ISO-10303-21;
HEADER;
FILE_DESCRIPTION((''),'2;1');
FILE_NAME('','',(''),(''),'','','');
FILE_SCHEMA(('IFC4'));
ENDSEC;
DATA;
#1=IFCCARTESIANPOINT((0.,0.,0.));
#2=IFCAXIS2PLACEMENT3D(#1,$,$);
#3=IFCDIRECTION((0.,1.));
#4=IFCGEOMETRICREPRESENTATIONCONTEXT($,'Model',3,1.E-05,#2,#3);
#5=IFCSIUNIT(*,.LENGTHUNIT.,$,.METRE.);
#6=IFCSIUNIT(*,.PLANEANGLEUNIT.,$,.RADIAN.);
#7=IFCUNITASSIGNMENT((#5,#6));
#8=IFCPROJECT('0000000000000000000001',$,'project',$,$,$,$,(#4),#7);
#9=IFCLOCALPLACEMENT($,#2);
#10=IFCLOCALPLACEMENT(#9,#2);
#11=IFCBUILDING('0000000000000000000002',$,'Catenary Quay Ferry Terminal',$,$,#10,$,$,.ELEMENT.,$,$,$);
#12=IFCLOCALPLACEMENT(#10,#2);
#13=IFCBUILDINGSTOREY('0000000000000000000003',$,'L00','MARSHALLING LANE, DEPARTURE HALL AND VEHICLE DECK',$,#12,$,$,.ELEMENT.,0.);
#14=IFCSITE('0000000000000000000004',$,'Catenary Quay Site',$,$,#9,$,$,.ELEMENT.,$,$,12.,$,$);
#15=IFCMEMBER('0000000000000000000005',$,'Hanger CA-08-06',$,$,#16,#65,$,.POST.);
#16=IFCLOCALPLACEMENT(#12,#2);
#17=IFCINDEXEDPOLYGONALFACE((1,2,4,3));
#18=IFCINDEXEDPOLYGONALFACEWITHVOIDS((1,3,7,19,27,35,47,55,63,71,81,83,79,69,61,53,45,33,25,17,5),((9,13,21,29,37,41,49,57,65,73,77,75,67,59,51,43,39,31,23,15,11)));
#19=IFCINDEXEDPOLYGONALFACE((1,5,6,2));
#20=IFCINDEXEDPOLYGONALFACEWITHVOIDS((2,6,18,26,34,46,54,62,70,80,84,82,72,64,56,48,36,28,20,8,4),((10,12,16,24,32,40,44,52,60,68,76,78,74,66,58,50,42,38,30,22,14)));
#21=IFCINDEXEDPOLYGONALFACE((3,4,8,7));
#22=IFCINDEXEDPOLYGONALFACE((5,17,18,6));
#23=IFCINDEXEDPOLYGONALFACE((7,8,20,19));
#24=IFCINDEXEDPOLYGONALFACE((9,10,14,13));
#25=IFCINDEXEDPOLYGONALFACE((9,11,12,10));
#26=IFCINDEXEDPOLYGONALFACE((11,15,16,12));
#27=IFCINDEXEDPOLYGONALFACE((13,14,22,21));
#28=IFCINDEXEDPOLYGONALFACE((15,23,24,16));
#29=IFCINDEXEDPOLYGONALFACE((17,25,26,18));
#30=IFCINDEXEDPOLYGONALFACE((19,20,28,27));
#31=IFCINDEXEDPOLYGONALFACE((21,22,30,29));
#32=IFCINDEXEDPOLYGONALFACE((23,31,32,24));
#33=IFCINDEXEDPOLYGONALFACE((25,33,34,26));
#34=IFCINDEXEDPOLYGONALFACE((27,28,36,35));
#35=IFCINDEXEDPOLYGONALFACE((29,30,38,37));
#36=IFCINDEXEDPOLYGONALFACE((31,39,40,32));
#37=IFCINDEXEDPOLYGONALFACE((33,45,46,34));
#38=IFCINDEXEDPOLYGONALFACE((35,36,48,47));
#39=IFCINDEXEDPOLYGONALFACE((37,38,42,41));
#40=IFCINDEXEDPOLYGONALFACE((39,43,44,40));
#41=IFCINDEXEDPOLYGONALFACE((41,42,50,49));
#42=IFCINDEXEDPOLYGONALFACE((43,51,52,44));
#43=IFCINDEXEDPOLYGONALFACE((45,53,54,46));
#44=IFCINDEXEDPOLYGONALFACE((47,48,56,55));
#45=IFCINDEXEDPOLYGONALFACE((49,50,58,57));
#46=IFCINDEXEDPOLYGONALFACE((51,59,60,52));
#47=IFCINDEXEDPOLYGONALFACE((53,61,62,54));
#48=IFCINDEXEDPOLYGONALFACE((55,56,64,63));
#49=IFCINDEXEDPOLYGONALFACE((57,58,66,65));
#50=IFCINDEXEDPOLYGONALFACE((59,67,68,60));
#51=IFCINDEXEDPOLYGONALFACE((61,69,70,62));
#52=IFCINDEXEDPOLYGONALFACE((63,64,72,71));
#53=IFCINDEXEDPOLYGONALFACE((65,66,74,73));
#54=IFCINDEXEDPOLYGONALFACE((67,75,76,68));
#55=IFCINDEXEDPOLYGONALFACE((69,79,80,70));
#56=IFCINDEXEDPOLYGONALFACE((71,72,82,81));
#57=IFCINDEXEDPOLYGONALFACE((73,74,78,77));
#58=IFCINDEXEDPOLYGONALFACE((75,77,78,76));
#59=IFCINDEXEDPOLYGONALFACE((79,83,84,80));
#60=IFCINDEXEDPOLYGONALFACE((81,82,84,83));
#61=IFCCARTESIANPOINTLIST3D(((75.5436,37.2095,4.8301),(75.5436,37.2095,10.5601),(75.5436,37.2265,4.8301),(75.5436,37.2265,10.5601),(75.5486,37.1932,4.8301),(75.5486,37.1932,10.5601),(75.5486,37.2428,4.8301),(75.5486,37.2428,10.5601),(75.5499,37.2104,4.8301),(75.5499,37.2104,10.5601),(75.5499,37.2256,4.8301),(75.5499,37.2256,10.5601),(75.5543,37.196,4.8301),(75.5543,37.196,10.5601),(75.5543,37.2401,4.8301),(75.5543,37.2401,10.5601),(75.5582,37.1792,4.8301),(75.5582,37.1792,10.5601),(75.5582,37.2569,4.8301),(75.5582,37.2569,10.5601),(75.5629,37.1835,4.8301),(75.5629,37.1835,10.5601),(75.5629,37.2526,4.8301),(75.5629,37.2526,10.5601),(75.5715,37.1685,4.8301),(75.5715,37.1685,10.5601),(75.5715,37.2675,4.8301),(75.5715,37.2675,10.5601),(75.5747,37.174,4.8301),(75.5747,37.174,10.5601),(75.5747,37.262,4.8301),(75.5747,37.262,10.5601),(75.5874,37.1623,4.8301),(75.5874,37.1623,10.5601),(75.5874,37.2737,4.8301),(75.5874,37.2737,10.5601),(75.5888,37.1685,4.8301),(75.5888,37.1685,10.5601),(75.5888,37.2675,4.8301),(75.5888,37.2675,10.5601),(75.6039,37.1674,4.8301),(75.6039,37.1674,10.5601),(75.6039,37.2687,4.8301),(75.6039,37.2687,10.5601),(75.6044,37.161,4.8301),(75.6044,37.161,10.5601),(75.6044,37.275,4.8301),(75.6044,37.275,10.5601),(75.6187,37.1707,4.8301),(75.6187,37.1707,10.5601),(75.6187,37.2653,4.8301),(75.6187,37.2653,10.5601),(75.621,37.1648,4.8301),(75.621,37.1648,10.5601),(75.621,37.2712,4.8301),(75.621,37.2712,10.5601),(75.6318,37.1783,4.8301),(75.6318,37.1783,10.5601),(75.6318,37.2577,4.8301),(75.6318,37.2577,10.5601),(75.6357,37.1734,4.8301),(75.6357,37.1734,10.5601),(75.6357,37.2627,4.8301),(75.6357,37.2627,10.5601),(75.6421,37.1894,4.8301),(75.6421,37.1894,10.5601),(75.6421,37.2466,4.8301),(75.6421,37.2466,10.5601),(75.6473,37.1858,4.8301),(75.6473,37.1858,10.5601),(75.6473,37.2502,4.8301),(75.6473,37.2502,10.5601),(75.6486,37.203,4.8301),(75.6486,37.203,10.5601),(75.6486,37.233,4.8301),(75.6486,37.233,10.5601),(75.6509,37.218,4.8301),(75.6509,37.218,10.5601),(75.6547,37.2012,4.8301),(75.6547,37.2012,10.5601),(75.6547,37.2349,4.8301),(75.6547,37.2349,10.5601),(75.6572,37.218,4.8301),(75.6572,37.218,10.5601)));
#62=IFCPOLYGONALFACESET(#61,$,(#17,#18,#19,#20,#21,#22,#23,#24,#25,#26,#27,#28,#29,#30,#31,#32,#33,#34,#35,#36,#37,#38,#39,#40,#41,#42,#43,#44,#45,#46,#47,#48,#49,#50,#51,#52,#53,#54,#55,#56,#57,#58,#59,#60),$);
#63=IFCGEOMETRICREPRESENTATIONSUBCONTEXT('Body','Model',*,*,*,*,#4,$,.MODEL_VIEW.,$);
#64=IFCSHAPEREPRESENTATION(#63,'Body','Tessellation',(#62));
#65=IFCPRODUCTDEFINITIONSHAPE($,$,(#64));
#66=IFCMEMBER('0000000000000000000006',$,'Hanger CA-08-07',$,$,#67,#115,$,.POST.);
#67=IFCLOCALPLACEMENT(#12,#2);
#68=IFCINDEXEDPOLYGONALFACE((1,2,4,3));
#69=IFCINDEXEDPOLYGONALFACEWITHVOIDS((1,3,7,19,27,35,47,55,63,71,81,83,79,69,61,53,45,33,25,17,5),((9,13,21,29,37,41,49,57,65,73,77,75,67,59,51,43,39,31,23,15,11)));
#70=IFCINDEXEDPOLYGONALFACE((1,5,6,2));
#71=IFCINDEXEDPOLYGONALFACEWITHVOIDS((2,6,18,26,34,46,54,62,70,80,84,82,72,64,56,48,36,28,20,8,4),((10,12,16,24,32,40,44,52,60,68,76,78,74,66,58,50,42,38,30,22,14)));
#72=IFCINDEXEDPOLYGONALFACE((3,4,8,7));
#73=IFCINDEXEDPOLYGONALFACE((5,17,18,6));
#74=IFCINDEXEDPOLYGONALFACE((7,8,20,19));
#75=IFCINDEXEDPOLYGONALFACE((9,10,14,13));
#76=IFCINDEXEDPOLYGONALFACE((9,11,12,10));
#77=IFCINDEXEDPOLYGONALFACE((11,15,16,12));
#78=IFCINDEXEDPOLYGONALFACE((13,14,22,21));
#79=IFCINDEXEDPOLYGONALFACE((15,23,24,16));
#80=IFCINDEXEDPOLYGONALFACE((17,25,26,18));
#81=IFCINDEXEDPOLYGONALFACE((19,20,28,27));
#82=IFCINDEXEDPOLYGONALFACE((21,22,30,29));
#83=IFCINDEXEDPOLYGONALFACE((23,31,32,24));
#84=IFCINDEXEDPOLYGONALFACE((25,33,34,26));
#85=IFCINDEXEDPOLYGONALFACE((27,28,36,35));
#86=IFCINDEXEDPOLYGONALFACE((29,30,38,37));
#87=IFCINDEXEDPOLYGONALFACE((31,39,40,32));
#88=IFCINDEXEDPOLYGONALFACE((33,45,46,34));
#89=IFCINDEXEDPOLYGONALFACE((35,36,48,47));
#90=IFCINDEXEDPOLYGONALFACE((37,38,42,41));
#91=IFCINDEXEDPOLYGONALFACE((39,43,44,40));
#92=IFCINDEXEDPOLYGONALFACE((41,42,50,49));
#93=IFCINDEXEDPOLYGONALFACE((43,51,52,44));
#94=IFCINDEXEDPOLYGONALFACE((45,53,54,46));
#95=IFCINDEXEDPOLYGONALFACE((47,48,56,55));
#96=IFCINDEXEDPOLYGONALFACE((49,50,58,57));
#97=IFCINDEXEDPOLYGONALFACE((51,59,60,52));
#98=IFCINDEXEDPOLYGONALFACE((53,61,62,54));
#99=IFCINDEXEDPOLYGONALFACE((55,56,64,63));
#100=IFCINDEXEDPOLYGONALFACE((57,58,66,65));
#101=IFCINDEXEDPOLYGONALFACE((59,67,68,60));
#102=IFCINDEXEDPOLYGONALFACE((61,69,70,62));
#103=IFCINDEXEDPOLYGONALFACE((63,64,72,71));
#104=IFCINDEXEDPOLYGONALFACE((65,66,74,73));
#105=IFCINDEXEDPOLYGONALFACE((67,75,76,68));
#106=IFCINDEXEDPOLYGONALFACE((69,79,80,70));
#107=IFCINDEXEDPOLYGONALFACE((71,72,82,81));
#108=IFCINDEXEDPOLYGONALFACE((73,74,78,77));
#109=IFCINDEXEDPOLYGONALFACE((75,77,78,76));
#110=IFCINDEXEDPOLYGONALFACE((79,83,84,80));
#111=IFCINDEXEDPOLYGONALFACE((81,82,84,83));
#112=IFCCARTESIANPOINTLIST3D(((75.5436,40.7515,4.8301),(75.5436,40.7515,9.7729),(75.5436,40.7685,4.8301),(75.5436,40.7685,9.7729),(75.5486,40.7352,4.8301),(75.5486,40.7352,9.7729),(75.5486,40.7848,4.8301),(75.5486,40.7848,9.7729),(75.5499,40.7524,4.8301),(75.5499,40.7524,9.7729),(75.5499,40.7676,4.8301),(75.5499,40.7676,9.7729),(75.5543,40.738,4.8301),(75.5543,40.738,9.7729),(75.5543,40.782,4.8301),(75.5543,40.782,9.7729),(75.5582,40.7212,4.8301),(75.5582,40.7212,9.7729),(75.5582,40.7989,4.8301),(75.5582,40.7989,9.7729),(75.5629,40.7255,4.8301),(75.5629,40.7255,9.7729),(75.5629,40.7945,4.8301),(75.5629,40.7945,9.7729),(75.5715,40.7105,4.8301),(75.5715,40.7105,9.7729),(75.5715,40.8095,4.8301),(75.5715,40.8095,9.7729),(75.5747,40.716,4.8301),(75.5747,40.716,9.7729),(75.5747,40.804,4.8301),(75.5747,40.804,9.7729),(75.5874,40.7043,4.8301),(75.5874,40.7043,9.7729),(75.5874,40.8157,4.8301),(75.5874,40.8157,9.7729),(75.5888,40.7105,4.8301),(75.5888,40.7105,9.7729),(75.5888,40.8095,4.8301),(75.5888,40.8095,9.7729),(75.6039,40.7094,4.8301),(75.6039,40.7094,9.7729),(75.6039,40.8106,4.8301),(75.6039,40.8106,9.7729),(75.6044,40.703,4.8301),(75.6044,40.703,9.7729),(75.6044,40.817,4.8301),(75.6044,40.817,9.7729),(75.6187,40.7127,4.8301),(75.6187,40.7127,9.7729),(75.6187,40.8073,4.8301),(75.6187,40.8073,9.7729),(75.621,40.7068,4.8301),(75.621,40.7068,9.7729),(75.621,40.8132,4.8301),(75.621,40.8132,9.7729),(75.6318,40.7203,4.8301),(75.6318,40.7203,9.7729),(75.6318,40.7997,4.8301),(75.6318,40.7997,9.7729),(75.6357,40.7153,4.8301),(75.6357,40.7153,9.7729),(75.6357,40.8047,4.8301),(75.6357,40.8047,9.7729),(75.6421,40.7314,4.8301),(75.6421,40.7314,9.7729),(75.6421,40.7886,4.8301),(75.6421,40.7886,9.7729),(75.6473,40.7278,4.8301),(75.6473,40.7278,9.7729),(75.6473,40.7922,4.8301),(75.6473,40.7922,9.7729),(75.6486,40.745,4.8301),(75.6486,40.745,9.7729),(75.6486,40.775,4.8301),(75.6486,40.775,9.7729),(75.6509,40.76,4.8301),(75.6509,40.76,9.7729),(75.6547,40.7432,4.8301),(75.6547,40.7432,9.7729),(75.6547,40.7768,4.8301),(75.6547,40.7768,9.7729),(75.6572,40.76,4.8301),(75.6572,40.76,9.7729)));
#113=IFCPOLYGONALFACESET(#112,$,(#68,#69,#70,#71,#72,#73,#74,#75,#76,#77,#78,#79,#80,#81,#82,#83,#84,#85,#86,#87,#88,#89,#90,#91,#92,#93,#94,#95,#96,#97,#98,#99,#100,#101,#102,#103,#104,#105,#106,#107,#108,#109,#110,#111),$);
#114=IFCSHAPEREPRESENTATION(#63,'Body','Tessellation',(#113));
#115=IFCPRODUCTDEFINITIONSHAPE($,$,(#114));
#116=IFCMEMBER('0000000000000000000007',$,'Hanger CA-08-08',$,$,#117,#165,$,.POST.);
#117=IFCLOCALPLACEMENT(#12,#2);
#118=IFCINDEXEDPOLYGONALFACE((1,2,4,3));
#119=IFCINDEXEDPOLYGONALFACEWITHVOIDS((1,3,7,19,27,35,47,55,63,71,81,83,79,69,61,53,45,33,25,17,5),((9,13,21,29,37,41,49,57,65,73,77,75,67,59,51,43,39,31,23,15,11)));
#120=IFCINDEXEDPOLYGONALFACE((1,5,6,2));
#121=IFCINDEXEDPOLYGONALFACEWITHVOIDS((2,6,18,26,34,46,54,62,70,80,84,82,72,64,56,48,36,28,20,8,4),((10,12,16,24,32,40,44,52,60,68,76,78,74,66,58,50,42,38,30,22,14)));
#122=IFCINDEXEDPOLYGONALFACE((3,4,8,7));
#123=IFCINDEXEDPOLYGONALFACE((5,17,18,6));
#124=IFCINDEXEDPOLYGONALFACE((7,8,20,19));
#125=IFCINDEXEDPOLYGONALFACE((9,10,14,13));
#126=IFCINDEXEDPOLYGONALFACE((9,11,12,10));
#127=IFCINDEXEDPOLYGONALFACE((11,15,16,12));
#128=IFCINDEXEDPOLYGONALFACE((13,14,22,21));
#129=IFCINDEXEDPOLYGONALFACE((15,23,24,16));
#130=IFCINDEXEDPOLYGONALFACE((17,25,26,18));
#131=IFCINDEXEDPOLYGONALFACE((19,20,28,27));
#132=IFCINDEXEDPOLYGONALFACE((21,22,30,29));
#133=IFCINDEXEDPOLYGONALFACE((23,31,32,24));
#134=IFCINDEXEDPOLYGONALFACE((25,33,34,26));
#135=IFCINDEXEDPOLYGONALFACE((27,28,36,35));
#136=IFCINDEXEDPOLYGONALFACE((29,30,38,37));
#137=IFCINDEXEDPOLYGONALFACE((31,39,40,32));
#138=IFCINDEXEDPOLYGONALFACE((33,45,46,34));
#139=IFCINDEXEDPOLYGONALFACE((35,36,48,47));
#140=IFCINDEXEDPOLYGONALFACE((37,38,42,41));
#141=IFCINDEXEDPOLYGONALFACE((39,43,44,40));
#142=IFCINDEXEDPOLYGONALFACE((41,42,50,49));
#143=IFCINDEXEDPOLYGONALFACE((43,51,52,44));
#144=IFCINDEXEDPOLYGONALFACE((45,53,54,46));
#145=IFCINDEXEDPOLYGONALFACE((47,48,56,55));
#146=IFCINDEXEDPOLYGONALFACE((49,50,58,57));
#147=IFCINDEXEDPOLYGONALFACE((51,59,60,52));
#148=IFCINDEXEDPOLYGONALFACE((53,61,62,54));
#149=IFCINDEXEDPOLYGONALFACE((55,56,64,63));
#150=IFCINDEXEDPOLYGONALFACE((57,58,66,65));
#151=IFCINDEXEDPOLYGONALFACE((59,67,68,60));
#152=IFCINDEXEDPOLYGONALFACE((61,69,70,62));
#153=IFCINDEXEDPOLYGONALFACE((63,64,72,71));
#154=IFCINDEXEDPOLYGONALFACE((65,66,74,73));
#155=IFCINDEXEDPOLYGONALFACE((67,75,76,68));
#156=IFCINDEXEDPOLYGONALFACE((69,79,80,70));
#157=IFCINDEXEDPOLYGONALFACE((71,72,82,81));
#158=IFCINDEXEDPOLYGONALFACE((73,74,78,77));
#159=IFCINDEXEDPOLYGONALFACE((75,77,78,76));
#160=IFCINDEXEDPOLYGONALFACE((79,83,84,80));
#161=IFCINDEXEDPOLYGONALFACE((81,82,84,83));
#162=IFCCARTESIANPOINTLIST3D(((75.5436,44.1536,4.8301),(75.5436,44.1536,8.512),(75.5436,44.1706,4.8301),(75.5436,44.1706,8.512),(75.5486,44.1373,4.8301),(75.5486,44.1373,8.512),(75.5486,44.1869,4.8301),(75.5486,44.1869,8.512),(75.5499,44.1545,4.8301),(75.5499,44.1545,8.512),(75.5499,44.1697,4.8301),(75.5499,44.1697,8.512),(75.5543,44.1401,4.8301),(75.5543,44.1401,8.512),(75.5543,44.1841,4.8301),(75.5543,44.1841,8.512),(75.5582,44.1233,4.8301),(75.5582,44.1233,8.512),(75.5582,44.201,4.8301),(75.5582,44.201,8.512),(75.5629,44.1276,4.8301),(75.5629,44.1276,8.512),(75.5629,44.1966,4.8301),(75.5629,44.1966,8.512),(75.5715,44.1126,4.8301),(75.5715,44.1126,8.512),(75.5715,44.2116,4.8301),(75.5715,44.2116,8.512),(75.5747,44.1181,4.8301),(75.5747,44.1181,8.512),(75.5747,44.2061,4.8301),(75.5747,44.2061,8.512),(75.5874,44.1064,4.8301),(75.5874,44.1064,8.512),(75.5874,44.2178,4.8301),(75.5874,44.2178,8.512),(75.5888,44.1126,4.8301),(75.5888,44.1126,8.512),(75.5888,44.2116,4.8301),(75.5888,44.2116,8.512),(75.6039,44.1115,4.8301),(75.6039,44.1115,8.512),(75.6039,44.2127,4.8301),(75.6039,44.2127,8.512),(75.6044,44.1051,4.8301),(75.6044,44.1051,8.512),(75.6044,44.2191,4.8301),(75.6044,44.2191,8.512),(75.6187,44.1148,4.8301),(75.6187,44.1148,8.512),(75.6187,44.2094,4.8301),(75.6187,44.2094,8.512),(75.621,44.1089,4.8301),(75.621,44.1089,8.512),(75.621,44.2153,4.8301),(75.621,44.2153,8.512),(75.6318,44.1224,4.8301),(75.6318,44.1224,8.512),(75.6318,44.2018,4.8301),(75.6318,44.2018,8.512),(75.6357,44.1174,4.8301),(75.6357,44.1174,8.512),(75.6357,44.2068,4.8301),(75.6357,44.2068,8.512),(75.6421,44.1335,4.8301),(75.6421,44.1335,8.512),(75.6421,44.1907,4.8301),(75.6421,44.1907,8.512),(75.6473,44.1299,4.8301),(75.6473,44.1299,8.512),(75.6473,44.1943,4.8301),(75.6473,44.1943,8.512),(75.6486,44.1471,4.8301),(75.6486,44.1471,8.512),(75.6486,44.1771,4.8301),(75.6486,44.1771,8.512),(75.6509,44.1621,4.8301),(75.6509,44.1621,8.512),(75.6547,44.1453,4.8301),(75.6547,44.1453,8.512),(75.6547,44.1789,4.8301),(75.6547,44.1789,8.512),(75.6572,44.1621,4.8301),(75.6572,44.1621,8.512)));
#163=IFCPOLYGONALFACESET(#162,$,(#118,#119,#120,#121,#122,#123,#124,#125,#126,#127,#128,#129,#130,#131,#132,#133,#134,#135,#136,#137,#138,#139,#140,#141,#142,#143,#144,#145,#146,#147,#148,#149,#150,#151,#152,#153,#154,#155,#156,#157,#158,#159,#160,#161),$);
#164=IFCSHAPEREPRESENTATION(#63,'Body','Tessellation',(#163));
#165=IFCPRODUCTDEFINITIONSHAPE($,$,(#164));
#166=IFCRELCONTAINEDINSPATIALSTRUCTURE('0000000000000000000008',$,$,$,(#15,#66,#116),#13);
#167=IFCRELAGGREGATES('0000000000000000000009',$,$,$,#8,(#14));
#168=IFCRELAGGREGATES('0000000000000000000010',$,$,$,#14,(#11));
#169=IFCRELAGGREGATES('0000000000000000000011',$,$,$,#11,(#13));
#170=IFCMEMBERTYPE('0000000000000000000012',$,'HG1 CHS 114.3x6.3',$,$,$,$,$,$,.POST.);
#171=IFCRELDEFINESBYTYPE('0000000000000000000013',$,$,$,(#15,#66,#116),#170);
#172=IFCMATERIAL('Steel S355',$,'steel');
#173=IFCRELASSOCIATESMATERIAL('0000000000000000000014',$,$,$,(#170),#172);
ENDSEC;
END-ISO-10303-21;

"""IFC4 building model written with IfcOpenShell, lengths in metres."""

from ifc_helpers import new_model, si_unit, direction, frame, origin, origin_2d, place, context, subcontext, project, spatial, hollow_circle, extrude, material, material_profile, profile_set, type_object, element, save


model = new_model("IFC4")

# Units and contexts
model_context = context("Model", 3, precision=1e-05, world=origin(), true_north=direction((0.0, 1.0)))
body_context = subcontext(model_context, "Body", "Model", "MODEL_VIEW")
ifc_project = project(units=[si_unit("LENGTHUNIT", "METRE"), si_unit("PLANEANGLEUNIT", "RADIAN")], contexts=[model_context])

# Site, building, storey
site_placement = place(None, origin())
site = spatial("IfcSite", under=ifc_project, at=site_placement, Name="Catenary Quay Site", CompositionType="ELEMENT", RefElevation=12.0)
building_placement = place(site_placement, origin())
building = spatial("IfcBuilding", under=site, at=building_placement, Name="Catenary Quay Ferry Terminal", CompositionType="ELEMENT")
storey_placement = place(building_placement, origin())
storey = spatial("IfcBuildingStorey", under=building, at=storey_placement, Name="L00", Description="MARSHALLING LANE, DEPARTURE HALL AND VEHICLE DECK", CompositionType="ELEMENT", Elevation=0.0)

# Members
ifc_material_1 = material(Name="Steel S355", Category="steel")
ifc_material_profile_1 = material_profile(ifc_material_1, hollow_circle(Radius=0.0571, WallThickness=0.0063, at=origin_2d()), Name="CHS 114.3x6.3")
ifc_profile_set_1 = profile_set([ifc_material_profile_1], Name="Steel S355")
member_type_1 = type_object("IfcMemberType", Name="HG1 CHS 114.3x6.3", PredefinedType="POST", material=ifc_profile_set_1)
member_1_placement = place(storey_placement, frame((75.6001, 37.218, 4.8301), z_axis=(0.0, 0.0, 1.0), x_axis=(1.0, 0.0, 0.0)))
element("IfcMember", 1, at=member_1_placement, inside=storey, type_object=member_type_1, Name="Hanger CA-08-06", PredefinedType="POST", context=body_context, shape_type="SweptSolid", body=[
    extrude(hollow_circle(Radius=0.0571, WallThickness=0.0063, at=origin_2d()), origin(), (0.0, 0.0, 1.0), 5.73),
])
member_2_placement = place(storey_placement, frame((75.6001, 40.76, 4.8301), z_axis=(0.0, 0.0, 1.0), x_axis=(1.0, 0.0, 0.0)))
element("IfcMember", 2, at=member_2_placement, inside=storey, type_object=member_type_1, Name="Hanger CA-08-07", PredefinedType="POST", context=body_context, shape_type="SweptSolid", body=[
    extrude(hollow_circle(Radius=0.0571, WallThickness=0.0063, at=origin_2d()), origin(), (0.0, 0.0, 1.0), 4.9429),
])
member_3_placement = place(storey_placement, frame((75.6001, 44.1621, 4.8301), z_axis=(0.0, 0.0, 1.0), x_axis=(1.0, 0.0, 0.0)))
element("IfcMember", 3, at=member_3_placement, inside=storey, type_object=member_type_1, Name="Hanger CA-08-08", PredefinedType="POST", context=body_context, shape_type="SweptSolid", body=[
    extrude(hollow_circle(Radius=0.0571, WallThickness=0.0063, at=origin_2d()), origin(), (0.0, 0.0, 1.0), 3.6819),
])

save(model, "model.ifc")
